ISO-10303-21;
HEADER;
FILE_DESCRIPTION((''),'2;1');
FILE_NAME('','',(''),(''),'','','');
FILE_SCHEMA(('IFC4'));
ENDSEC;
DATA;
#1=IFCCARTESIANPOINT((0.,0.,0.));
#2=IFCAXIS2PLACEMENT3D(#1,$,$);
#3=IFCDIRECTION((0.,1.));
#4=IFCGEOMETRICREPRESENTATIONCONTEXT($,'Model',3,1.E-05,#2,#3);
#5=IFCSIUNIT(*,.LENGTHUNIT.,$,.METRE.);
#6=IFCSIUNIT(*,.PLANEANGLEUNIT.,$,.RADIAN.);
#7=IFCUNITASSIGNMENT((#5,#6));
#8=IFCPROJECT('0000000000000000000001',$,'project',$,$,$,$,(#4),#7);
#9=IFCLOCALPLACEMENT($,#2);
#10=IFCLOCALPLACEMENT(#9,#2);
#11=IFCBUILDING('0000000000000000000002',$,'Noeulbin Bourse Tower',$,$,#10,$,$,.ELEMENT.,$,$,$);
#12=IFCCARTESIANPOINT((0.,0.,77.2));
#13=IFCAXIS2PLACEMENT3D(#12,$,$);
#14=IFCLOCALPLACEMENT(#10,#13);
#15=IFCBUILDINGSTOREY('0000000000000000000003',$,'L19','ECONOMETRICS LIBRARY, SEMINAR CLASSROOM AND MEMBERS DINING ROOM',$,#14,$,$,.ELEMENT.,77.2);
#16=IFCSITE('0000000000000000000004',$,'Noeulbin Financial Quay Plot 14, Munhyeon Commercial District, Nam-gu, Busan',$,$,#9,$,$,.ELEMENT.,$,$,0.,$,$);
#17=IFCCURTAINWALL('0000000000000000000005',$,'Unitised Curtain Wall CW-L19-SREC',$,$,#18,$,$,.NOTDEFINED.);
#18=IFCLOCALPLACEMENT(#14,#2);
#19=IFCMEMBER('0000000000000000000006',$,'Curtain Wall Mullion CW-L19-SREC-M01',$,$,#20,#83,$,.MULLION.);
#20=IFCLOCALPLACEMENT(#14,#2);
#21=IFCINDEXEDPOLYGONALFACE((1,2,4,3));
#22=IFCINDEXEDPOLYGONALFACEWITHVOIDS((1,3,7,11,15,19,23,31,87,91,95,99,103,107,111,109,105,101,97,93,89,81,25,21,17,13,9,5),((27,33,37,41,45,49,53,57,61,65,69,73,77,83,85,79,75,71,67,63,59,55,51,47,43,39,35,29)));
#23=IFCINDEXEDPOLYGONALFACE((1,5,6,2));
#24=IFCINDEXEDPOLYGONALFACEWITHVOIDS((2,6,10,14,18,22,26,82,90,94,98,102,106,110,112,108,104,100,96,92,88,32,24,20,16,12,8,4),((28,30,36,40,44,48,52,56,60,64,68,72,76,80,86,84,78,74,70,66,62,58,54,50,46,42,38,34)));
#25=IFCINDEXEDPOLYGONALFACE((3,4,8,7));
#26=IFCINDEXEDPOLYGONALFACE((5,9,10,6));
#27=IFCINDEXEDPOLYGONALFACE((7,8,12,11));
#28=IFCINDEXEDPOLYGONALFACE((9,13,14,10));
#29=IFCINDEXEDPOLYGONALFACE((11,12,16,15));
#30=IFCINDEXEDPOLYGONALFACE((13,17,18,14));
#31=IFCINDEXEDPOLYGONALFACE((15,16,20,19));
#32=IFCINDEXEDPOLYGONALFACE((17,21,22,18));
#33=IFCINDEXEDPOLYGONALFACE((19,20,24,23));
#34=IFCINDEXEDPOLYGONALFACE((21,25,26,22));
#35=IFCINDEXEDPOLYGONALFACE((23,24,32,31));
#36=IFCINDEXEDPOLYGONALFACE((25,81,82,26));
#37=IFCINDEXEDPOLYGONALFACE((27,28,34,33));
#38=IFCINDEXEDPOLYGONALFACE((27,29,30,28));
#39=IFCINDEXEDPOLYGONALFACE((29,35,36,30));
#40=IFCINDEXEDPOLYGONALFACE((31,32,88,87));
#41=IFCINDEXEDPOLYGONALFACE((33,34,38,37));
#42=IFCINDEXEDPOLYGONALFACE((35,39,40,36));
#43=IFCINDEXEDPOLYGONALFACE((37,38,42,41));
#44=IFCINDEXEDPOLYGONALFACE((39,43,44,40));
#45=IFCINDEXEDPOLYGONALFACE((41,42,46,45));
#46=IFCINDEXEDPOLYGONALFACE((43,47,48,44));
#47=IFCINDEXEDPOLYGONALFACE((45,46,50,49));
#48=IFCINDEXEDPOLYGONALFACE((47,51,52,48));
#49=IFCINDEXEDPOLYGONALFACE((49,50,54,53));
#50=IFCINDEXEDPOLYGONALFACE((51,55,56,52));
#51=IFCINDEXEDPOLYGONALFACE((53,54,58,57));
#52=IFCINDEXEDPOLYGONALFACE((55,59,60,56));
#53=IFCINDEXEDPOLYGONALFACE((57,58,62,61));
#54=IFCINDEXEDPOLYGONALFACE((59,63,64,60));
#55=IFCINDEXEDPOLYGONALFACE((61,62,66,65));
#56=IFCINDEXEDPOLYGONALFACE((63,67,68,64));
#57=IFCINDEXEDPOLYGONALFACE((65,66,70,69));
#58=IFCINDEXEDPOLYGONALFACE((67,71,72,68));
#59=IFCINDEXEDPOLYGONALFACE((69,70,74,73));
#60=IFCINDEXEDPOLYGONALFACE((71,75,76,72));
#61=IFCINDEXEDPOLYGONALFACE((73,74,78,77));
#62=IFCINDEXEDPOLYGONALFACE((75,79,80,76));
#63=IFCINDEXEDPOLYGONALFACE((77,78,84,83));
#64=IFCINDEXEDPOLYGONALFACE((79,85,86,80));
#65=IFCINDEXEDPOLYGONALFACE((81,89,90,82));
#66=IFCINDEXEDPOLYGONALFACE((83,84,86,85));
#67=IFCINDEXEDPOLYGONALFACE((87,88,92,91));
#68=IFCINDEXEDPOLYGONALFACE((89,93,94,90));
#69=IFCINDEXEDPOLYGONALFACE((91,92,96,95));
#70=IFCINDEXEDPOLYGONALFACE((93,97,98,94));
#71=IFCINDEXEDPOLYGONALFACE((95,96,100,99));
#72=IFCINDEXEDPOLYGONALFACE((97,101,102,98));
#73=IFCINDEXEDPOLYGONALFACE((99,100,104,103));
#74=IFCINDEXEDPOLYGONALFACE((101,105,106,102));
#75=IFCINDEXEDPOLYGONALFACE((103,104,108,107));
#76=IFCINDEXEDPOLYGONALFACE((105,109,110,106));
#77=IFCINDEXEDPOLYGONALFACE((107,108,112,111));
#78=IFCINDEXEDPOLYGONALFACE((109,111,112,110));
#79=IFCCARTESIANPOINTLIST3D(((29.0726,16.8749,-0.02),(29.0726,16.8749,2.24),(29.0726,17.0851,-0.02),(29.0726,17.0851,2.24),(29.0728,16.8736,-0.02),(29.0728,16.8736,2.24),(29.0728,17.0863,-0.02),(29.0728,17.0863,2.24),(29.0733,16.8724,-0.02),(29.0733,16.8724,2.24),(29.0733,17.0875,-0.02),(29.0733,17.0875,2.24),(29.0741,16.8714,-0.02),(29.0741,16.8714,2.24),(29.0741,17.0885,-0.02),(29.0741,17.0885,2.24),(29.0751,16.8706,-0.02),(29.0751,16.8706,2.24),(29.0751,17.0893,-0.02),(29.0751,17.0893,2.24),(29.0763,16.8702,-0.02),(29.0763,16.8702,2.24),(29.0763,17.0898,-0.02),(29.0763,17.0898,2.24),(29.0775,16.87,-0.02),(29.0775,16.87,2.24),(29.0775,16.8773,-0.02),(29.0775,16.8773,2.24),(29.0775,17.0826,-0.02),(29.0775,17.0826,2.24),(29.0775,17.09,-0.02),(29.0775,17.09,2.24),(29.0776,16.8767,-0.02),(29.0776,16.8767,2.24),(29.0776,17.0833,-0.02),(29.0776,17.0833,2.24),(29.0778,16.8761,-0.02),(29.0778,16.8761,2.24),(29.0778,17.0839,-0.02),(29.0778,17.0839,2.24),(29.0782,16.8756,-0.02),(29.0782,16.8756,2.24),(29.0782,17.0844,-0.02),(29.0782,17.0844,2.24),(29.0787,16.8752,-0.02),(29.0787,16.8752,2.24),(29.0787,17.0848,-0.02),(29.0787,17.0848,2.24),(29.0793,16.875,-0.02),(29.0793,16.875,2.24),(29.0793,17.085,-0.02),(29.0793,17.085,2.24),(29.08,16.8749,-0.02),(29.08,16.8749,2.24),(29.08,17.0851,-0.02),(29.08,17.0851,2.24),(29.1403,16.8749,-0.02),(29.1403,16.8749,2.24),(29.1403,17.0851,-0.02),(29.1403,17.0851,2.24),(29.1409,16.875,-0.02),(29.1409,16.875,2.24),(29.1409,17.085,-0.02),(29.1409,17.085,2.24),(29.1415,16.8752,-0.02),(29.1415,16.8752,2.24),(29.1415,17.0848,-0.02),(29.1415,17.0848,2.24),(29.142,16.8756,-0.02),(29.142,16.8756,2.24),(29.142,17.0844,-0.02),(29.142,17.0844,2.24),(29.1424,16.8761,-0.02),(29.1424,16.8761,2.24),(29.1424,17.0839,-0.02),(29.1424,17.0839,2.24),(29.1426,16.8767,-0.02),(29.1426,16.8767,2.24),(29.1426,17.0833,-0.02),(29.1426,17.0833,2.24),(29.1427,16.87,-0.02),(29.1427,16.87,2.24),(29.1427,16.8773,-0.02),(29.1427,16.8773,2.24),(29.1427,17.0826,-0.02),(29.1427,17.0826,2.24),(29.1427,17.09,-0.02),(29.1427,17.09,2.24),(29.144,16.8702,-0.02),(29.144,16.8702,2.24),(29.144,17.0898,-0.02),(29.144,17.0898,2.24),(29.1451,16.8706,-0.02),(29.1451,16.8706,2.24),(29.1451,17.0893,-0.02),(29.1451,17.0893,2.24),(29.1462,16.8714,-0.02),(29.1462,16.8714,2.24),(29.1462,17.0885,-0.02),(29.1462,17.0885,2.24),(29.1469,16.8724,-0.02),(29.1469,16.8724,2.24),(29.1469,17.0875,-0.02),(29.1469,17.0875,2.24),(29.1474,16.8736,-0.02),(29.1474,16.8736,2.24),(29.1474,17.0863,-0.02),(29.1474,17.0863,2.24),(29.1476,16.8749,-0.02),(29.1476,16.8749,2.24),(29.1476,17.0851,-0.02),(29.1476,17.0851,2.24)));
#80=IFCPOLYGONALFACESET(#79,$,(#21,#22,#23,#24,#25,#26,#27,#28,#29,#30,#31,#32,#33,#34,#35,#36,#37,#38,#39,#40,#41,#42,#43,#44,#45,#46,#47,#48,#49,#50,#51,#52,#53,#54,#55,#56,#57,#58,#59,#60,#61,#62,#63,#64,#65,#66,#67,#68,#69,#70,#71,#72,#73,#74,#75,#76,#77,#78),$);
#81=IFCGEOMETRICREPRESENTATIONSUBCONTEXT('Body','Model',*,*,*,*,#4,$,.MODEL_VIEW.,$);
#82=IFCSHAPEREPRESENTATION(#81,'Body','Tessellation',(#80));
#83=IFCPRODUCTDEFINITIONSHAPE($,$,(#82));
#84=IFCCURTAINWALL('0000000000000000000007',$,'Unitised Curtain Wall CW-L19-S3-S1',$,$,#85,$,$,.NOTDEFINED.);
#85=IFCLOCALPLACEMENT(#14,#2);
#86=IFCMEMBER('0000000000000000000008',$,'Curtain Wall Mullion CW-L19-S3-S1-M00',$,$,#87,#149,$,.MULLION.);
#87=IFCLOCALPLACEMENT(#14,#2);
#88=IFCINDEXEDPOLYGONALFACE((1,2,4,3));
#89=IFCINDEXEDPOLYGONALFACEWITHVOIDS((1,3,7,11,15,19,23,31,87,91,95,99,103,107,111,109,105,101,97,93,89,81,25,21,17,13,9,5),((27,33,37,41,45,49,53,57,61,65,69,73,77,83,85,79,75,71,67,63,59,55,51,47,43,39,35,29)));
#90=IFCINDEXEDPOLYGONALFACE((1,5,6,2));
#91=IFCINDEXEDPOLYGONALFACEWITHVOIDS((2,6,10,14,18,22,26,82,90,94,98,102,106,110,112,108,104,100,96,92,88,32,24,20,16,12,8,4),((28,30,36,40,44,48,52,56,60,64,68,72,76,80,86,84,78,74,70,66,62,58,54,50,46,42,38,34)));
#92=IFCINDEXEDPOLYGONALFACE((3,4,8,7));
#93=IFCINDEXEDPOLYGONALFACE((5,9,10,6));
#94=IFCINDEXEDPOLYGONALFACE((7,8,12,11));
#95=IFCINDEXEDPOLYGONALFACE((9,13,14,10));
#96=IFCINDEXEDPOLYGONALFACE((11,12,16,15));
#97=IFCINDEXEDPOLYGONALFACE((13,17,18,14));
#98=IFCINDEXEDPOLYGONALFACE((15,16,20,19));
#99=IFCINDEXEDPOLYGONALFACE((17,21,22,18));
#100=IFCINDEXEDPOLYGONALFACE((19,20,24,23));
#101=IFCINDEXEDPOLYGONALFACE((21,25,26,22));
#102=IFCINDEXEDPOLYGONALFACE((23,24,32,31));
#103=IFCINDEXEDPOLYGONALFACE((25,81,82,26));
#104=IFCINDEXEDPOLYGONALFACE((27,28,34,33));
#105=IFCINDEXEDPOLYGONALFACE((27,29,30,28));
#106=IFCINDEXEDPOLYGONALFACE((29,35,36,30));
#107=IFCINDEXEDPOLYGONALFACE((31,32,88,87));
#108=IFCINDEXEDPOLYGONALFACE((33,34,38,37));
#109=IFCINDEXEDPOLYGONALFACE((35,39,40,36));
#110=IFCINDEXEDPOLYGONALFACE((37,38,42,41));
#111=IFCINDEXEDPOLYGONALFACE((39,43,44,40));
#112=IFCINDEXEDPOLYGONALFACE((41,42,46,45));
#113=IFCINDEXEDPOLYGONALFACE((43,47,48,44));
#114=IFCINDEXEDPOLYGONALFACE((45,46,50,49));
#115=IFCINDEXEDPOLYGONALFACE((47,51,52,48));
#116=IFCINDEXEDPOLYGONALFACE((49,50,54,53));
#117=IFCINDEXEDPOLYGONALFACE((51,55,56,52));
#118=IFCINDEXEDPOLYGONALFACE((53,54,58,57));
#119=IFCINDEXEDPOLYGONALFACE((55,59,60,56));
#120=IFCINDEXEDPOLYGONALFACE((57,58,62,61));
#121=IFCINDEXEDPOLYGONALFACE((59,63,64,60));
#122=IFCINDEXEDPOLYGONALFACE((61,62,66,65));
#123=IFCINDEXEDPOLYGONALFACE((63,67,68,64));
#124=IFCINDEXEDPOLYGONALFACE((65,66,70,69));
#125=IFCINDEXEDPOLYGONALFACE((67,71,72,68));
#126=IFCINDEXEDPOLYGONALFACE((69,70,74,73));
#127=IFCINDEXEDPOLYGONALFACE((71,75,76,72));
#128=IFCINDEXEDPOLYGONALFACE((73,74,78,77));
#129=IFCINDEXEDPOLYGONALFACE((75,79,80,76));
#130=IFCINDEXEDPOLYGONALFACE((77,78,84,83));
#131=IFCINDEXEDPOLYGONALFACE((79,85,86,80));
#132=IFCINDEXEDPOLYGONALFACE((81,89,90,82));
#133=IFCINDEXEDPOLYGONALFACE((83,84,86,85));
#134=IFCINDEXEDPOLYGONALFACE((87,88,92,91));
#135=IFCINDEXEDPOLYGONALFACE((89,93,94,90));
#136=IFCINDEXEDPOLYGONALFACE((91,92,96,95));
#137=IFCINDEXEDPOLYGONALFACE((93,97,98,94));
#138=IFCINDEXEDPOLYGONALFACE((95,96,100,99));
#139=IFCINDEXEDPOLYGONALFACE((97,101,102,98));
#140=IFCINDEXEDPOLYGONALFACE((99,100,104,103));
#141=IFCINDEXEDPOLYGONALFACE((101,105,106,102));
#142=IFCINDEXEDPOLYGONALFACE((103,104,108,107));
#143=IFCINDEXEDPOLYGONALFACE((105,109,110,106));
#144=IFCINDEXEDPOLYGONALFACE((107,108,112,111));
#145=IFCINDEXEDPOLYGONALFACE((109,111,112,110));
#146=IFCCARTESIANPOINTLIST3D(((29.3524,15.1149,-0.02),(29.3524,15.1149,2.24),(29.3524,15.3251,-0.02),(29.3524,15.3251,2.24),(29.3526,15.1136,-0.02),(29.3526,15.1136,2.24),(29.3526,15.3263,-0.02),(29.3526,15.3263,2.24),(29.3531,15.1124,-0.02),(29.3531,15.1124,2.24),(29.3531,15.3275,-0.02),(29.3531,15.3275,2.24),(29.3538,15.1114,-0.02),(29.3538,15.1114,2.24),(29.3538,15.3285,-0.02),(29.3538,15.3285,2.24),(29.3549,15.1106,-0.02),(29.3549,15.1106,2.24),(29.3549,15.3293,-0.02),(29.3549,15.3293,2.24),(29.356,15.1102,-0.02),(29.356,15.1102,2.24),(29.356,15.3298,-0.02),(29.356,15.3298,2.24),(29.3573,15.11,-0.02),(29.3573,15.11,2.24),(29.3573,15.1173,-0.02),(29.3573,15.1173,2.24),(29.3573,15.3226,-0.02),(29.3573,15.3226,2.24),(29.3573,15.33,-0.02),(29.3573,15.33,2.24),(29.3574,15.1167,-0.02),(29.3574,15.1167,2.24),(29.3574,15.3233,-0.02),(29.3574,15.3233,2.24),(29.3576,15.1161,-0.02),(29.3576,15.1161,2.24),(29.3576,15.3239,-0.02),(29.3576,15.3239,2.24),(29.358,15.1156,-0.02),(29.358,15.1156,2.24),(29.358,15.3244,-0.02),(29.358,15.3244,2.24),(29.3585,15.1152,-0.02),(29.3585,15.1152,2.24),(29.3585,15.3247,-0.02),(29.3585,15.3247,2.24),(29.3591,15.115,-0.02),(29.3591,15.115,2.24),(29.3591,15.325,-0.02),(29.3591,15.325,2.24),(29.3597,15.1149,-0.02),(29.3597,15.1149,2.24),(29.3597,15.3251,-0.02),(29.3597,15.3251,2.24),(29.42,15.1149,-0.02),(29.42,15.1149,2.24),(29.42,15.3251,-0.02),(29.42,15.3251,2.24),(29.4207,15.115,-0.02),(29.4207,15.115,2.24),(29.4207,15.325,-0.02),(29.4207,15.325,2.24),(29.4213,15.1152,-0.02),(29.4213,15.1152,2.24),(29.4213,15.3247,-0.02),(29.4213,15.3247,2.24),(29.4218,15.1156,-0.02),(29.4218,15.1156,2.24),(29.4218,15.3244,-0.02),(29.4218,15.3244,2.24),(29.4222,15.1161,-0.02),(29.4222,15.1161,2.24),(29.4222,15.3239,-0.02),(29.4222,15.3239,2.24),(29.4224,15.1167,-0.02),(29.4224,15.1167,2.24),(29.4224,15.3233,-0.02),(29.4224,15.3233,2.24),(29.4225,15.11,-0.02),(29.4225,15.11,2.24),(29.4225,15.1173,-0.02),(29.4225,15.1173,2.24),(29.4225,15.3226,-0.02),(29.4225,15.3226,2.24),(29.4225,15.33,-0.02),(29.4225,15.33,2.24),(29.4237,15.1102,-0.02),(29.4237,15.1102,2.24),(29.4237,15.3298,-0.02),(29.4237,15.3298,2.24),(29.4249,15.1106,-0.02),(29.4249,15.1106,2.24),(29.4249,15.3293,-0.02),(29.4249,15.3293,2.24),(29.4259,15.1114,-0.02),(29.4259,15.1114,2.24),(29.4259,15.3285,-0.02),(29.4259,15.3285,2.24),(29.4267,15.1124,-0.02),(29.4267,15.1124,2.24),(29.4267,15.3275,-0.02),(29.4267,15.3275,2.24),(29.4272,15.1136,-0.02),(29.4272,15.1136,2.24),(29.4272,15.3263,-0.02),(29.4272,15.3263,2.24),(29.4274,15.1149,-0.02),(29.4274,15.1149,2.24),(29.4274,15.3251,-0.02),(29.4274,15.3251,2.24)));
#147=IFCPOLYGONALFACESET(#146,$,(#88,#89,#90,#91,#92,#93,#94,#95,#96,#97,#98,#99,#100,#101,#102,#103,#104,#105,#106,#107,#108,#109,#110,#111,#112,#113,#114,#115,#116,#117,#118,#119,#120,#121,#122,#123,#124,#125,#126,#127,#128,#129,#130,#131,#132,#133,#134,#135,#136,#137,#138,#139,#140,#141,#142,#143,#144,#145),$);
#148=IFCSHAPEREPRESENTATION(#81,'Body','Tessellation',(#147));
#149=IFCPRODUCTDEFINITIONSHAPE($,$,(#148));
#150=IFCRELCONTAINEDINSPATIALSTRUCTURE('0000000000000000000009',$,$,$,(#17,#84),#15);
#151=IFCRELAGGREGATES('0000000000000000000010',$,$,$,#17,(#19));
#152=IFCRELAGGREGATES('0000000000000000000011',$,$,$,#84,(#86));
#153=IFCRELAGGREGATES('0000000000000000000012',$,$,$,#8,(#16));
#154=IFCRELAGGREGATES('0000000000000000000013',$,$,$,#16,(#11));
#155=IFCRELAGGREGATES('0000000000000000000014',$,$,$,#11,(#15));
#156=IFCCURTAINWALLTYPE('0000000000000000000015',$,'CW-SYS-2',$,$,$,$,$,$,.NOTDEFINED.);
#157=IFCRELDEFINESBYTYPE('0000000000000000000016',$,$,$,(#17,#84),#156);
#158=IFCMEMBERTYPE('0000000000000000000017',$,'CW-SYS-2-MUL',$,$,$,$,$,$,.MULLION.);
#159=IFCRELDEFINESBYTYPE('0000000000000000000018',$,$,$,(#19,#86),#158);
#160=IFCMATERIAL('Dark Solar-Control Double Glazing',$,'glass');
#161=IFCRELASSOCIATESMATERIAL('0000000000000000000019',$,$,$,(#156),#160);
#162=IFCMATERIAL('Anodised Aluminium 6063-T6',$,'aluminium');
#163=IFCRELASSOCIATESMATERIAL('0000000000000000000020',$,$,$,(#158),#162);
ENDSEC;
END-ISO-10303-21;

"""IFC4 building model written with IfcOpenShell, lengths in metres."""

from ifc_helpers import new_model, si_unit, direction, frame, origin, origin_2d, place, context, subcontext, project, spatial, hollow_rectangle, extrude, material, material_profile, profile_set, type_object, element, aggregate, save


model = new_model("IFC4")

# Units and contexts
model_context = context("Model", 3, precision=1e-05, world=origin(), true_north=direction((0.0, 1.0)))
body_context = subcontext(model_context, "Body", "Model", "MODEL_VIEW")
ifc_project = project(units=[si_unit("LENGTHUNIT", "METRE"), si_unit("PLANEANGLEUNIT", "RADIAN")], contexts=[model_context])

# Site, building, storey
site_placement = place(None, origin())
site = spatial("IfcSite", under=ifc_project, at=site_placement, Name="Noeulbin Financial Quay Plot 14, Munhyeon Commercial District, Nam-gu, Busan", CompositionType="ELEMENT", RefElevation=0.0)
building_placement = place(site_placement, origin())
building = spatial("IfcBuilding", under=site, at=building_placement, Name="Noeulbin Bourse Tower", CompositionType="ELEMENT")
storey_placement = place(building_placement, frame((0.0, 0.0, 77.2)))
storey = spatial("IfcBuildingStorey", under=building, at=storey_placement, Name="L19", Description="ECONOMETRICS LIBRARY, SEMINAR CLASSROOM AND MEMBERS DINING ROOM", CompositionType="ELEMENT", Elevation=77.2)

# Curtain wall, member
ifc_material_1 = material(Name="Dark Solar-Control Double Glazing", Category="glass")
curtain_wall_type = type_object("IfcCurtainWallType", Name="CW-SYS-2", PredefinedType="NOTDEFINED", material=ifc_material_1)
curtain_wall_1_placement = place(storey_placement, origin())
curtain_wall_1 = element("IfcCurtainWall", 1, at=curtain_wall_1_placement, inside=storey, type_object=curtain_wall_type, Name="Unitised Curtain Wall CW-L19-SREC", PredefinedType="NOTDEFINED")
ifc_material_2 = material(Name="Anodised Aluminium 6063-T6", Category="aluminium")
ifc_material_profile_1 = material_profile(ifc_material_2, hollow_rectangle(XDim=0.075, YDim=0.22, WallThickness=0.0049, InnerFilletRadius=0.0024, OuterFilletRadius=0.0049, at=origin_2d()), Name="ALU-MULL-75x220x5", Category="LoadBearing")
ifc_profile_set_1 = profile_set([ifc_material_profile_1], Name="Anodised Aluminium 6063-T6")
member_type_1 = type_object("IfcMemberType", Name="CW-SYS-2-MUL", PredefinedType="MULLION", material=ifc_profile_set_1)
member_1_placement = place(storey_placement, frame((29.1101, 16.98, -0.02), z_axis=(0.0, 0.0, 1.0), x_axis=(1.0, 0.0, 0.0)))
member_1 = element("IfcMember", 2, at=member_1_placement, type_object=member_type_1, Name="Curtain Wall Mullion CW-L19-SREC-M01", PredefinedType="MULLION", context=body_context, shape_type="SweptSolid", body=[
    extrude(hollow_rectangle(XDim=0.075, YDim=0.22, WallThickness=0.0049, InnerFilletRadius=0.0024, OuterFilletRadius=0.0049, at=origin_2d()), origin(), (0.0, 0.0, 1.0), 2.26),
])
aggregate(curtain_wall_1, [member_1])

# Curtain wall, member
curtain_wall_2_placement = place(storey_placement, origin())
curtain_wall_2 = element("IfcCurtainWall", 3, at=curtain_wall_2_placement, inside=storey, type_object=curtain_wall_type, Name="Unitised Curtain Wall CW-L19-S3-S1", PredefinedType="NOTDEFINED")
member_2_placement = place(storey_placement, frame((29.3899, 15.22, -0.02), z_axis=(0.0, 0.0, 1.0), x_axis=(1.0, 0.0, 0.0)))
member_2 = element("IfcMember", 4, at=member_2_placement, type_object=member_type_1, Name="Curtain Wall Mullion CW-L19-S3-S1-M00", PredefinedType="MULLION", context=body_context, shape_type="SweptSolid", body=[
    extrude(hollow_rectangle(XDim=0.075, YDim=0.22, WallThickness=0.0049, InnerFilletRadius=0.0024, OuterFilletRadius=0.0049, at=origin_2d()), origin(), (0.0, 0.0, 1.0), 2.26),
])

aggregate(curtain_wall_2, [member_2])

save(model, "model.ifc")
